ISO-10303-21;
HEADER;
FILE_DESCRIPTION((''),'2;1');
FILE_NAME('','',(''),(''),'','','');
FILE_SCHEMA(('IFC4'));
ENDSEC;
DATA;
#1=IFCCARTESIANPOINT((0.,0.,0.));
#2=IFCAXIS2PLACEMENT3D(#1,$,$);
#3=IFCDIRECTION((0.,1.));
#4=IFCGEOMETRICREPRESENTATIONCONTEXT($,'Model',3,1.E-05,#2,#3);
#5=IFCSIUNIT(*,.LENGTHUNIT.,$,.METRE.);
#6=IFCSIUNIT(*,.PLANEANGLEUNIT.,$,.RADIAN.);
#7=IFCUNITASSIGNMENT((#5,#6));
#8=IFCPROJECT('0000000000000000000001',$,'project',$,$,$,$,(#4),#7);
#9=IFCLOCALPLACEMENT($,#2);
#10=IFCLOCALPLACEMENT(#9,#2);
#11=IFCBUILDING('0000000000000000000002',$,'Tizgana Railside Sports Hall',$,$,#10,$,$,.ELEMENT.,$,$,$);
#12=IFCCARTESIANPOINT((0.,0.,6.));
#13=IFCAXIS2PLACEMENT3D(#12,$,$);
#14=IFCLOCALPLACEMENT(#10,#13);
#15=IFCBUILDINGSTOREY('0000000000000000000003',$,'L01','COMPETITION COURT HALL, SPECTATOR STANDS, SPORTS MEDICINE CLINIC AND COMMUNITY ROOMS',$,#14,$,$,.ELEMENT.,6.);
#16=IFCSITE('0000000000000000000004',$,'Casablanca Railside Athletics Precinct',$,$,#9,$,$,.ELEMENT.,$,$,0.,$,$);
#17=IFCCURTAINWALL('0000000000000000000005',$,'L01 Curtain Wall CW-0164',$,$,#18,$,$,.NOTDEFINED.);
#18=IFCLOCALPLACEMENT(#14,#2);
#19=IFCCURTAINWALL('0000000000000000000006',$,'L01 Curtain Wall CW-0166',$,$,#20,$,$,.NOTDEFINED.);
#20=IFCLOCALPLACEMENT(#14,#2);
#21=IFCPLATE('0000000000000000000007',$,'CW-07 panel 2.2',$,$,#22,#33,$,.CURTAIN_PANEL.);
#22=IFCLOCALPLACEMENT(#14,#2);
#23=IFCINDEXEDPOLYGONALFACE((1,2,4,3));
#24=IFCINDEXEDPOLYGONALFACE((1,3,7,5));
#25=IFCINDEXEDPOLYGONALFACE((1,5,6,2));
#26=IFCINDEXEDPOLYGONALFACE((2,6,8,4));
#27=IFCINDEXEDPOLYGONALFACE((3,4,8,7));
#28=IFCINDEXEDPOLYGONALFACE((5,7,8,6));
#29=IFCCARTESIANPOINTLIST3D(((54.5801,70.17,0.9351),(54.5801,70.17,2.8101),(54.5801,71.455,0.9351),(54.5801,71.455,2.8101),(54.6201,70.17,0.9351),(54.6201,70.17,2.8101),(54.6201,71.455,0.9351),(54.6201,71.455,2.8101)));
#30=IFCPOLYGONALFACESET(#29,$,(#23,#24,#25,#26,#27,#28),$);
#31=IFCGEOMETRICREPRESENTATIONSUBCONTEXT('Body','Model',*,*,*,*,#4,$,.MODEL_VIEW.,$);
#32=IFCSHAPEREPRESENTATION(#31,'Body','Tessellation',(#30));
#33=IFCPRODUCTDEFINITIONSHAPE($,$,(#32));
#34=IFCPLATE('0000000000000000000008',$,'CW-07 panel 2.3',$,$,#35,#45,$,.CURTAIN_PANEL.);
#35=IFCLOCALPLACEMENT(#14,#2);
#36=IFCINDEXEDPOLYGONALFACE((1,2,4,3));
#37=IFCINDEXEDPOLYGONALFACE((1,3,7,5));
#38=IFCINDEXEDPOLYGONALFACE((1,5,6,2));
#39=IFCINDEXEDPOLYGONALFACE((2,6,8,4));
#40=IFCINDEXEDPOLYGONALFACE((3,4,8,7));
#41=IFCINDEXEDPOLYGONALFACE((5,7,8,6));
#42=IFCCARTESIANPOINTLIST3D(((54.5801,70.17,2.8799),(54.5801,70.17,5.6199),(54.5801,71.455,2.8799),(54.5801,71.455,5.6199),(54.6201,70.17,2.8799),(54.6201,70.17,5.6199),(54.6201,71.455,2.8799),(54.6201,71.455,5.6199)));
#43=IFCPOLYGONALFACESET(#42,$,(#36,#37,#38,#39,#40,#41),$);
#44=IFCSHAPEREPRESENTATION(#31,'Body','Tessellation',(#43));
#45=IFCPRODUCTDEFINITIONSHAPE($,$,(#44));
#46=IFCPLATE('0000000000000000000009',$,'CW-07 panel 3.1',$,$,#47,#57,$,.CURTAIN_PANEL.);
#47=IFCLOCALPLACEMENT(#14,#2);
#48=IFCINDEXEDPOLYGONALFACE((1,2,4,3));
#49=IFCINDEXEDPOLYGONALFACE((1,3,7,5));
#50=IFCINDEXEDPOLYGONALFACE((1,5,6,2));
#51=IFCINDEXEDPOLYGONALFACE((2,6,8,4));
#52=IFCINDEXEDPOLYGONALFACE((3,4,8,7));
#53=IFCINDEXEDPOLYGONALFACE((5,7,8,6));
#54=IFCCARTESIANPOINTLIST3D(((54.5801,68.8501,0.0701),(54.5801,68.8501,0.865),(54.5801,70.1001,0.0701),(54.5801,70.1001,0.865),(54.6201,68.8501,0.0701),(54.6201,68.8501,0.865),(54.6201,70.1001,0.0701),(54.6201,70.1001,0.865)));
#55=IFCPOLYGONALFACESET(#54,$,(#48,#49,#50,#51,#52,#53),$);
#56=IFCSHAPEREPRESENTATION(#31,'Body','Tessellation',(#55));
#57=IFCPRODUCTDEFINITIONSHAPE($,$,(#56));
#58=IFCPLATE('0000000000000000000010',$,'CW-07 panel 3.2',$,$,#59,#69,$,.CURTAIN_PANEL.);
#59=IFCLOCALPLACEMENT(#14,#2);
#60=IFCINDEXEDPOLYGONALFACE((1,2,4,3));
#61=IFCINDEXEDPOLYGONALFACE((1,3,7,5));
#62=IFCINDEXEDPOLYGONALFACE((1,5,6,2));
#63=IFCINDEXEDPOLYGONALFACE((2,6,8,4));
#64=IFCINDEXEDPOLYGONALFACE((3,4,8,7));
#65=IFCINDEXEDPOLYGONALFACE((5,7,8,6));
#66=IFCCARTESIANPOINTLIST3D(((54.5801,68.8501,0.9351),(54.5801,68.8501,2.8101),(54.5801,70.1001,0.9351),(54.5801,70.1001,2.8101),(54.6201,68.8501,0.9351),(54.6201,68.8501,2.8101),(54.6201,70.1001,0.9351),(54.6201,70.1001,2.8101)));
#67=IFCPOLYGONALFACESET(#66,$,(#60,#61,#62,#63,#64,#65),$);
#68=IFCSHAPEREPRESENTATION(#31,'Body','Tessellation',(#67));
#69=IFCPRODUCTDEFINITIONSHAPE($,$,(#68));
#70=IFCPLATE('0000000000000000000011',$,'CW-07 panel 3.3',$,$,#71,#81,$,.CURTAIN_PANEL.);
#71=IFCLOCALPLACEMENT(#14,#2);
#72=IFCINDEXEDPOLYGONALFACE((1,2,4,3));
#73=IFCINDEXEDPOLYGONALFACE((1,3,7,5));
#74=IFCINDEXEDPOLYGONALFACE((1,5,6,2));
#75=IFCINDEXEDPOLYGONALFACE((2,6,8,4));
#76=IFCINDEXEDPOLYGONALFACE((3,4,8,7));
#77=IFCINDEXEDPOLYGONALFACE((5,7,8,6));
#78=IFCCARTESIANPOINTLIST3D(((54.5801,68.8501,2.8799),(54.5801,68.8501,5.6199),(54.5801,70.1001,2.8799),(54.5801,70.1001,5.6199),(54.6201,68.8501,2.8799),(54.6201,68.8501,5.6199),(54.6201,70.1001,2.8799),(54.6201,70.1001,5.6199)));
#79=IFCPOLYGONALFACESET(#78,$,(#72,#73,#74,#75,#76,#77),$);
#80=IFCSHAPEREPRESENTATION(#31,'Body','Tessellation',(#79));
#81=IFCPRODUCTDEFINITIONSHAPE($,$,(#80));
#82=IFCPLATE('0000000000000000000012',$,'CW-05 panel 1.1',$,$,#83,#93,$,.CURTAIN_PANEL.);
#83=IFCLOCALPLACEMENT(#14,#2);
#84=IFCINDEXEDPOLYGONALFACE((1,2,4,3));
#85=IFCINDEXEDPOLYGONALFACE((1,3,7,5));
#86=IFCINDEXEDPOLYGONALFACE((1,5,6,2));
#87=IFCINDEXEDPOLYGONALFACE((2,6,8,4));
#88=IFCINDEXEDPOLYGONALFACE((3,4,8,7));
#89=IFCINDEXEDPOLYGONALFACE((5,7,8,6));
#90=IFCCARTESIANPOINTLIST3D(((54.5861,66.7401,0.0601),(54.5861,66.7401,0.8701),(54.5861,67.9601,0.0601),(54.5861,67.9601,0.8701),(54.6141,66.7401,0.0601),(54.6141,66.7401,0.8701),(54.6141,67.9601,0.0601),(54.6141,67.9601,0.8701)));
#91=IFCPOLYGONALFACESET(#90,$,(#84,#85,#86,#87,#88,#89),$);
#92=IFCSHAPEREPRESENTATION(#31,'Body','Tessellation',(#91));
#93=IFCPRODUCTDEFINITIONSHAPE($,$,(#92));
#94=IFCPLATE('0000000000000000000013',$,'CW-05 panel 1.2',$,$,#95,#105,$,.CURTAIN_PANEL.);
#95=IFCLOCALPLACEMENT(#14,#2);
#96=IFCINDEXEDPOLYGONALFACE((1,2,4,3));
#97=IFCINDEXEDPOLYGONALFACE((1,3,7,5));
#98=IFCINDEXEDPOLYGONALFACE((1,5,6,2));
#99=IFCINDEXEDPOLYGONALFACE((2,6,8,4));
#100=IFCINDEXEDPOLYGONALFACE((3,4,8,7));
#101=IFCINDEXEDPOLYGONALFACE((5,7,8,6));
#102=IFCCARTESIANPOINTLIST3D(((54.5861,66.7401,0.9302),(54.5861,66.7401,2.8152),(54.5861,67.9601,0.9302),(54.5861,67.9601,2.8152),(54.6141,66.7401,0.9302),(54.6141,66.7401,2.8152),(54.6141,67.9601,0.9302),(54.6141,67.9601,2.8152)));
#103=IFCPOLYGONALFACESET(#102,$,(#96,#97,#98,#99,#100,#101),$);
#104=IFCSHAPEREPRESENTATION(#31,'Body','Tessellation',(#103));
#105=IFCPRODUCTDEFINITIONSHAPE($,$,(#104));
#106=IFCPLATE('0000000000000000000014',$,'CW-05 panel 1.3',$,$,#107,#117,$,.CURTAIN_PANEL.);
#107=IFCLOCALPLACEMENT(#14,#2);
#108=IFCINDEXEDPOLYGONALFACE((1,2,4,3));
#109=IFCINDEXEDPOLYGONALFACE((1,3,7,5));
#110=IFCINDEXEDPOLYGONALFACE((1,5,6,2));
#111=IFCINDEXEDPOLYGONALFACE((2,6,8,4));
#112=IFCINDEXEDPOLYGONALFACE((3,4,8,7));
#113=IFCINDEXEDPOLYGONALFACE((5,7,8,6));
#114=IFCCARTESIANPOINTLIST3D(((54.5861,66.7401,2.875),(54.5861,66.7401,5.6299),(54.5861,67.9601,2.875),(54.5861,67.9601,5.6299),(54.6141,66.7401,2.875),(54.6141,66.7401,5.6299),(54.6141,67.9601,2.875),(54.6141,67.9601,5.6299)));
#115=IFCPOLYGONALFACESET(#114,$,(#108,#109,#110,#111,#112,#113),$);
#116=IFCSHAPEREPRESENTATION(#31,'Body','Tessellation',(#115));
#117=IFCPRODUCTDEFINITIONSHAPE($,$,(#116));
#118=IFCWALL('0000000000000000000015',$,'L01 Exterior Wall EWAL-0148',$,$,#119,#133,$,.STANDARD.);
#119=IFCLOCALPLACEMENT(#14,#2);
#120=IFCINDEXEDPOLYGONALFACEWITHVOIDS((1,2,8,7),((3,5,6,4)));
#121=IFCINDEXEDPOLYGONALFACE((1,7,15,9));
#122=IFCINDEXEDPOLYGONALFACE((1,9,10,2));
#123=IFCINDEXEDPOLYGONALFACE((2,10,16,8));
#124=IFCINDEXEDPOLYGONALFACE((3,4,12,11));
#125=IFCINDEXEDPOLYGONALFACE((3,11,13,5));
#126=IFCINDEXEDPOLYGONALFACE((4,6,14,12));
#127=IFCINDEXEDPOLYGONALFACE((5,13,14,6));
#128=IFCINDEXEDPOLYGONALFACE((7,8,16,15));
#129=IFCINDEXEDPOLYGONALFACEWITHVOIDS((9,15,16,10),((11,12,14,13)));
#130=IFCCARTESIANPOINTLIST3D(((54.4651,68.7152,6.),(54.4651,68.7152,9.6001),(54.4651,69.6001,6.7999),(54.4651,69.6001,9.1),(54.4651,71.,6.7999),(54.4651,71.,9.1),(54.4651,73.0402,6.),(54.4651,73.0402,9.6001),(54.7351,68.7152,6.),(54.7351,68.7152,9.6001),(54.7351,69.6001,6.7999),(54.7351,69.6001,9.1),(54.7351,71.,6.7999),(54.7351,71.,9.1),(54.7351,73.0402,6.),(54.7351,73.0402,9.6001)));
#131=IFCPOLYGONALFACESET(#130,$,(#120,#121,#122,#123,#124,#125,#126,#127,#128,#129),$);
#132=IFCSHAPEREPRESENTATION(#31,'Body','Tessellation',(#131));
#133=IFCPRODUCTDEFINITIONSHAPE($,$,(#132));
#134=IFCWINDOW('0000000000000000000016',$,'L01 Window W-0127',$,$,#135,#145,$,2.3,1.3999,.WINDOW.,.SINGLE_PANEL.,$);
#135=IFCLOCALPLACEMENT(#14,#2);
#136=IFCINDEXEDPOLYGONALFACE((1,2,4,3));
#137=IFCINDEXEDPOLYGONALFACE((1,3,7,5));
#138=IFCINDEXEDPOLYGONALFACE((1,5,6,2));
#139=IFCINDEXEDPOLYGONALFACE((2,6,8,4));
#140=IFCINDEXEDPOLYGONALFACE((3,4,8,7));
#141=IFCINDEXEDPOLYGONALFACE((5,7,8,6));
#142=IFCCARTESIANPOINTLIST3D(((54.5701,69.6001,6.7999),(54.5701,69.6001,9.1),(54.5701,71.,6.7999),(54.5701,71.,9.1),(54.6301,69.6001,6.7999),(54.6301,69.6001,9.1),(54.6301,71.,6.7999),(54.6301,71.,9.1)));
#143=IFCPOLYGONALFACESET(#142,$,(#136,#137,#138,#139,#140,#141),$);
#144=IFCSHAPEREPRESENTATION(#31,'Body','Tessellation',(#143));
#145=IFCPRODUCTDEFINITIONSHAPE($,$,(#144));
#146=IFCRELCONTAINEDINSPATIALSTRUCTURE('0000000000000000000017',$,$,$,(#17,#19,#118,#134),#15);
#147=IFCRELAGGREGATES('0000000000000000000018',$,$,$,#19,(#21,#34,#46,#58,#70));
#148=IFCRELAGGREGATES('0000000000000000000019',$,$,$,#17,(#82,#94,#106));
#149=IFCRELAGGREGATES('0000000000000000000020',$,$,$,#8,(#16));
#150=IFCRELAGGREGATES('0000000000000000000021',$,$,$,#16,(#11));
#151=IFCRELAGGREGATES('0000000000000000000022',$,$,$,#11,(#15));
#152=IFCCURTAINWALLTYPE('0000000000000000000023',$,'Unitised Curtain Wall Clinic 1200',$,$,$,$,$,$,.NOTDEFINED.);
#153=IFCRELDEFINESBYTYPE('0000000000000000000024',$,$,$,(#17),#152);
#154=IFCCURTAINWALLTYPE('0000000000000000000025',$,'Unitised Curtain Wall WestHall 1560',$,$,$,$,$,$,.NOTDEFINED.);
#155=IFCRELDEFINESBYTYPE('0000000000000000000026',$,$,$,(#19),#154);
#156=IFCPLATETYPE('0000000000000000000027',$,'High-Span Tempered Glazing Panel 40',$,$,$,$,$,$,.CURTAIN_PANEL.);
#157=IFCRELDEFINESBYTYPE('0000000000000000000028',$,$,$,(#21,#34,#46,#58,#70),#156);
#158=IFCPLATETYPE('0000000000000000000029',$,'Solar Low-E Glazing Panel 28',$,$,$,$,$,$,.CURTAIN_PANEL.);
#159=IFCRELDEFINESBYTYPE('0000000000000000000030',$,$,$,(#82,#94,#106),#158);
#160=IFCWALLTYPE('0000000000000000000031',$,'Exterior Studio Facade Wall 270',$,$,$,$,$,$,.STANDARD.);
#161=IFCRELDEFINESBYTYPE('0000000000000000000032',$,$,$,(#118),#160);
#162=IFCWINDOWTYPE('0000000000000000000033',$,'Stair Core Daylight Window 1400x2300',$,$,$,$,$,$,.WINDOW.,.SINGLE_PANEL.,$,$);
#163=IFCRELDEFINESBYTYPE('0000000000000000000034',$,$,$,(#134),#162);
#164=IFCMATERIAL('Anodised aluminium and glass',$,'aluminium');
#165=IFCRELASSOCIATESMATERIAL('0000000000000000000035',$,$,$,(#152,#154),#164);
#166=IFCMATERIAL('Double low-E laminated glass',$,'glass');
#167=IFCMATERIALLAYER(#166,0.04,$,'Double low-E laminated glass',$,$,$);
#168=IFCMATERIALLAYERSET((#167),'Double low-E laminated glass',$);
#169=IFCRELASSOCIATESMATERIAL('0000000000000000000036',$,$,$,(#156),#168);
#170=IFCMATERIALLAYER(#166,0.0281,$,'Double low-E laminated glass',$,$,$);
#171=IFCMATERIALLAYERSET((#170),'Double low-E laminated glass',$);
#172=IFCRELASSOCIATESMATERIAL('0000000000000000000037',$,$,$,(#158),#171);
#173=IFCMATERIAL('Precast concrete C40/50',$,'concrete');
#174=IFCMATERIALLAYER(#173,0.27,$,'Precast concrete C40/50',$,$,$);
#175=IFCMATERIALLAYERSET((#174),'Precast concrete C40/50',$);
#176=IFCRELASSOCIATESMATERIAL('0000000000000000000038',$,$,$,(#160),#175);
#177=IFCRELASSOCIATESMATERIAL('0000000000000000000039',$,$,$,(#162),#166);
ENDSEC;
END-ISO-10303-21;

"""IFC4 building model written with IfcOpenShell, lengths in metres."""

from ifc_helpers import new_model, si_unit, direction, frame, frame_2d, origin, origin_2d, place, context, subcontext, project, spatial, rectangle, extrude, material, layer, layer_set, type_object, element, fill, aggregate, save


model = new_model("IFC4")

# Units and contexts
model_context = context("Model", 3, precision=1e-05, world=origin(), true_north=direction((0.0, 1.0)))
body_context = subcontext(model_context, "Body", "Model", "MODEL_VIEW")
ifc_project = project(units=[si_unit("LENGTHUNIT", "METRE"), si_unit("PLANEANGLEUNIT", "RADIAN")], contexts=[model_context])

# Site, building, storey
site_placement = place(None, origin())
site = spatial("IfcSite", under=ifc_project, at=site_placement, Name="Casablanca Railside Athletics Precinct", CompositionType="ELEMENT", RefElevation=0.0)
building_placement = place(site_placement, origin())
building = spatial("IfcBuilding", under=site, at=building_placement, Name="Tizgana Railside Sports Hall", CompositionType="ELEMENT")
storey_placement = place(building_placement, frame((0.0, 0.0, 6.0)))
storey = spatial("IfcBuildingStorey", under=building, at=storey_placement, Name="L01", Description="COMPETITION COURT HALL, SPECTATOR STANDS, SPORTS MEDICINE CLINIC AND COMMUNITY ROOMS", CompositionType="ELEMENT", Elevation=6.0)

# Curtain wall
ifc_material_1 = material(Name="Anodised aluminium and glass", Category="aluminium")
curtain_wall_type_1 = type_object("IfcCurtainWallType", Name="Unitised Curtain Wall Clinic 1200", PredefinedType="NOTDEFINED", material=ifc_material_1)
curtain_wall_1_placement = place(storey_placement, origin())
curtain_wall_1 = element("IfcCurtainWall", 1, at=curtain_wall_1_placement, inside=storey, type_object=curtain_wall_type_1, Name="L01 Curtain Wall CW-0164", PredefinedType="NOTDEFINED")

# Curtain wall
curtain_wall_type_2 = type_object("IfcCurtainWallType", Name="Unitised Curtain Wall WestHall 1560", PredefinedType="NOTDEFINED", material=ifc_material_1)
curtain_wall_2_placement = place(storey_placement, origin())
curtain_wall_2 = element("IfcCurtainWall", 2, at=curtain_wall_2_placement, inside=storey, type_object=curtain_wall_type_2, Name="L01 Curtain Wall CW-0166", PredefinedType="NOTDEFINED")

# Plates
ifc_material_2 = material(Name="Double low-E laminated glass", Category="glass")
ifc_layer_1 = layer(ifc_material_2, 0.04, Name="Double low-E laminated glass")
ifc_layer_set_1 = layer_set([ifc_layer_1], Name="Double low-E laminated glass")
plate_type_1 = type_object("IfcPlateType", Name="High-Span Tempered Glazing Panel 40", PredefinedType="CURTAIN_PANEL", material=ifc_layer_set_1)
plate_1_placement = place(storey_placement, frame((54.6001, 70.8125, 0.9351), z_axis=(0.0, 0.0, 1.0), x_axis=(0.0, -1.0, 0.0)))
plate_1 = element("IfcPlate", 3, at=plate_1_placement, type_object=plate_type_1, Name="CW-07 panel 2.2", PredefinedType="CURTAIN_PANEL", context=body_context, shape_type="SweptSolid", body=[
    extrude(rectangle(XDim=1.2849, YDim=0.04, at=origin_2d()), origin(), (0.0, 0.0, 1.0), 1.875),
])
plate_2_placement = place(storey_placement, frame((54.6001, 70.8125, 2.8799), z_axis=(0.0, 0.0, 1.0), x_axis=(0.0, -1.0, 0.0)))
plate_2 = element("IfcPlate", 4, at=plate_2_placement, type_object=plate_type_1, Name="CW-07 panel 2.3", PredefinedType="CURTAIN_PANEL", context=body_context, shape_type="SweptSolid", body=[
    extrude(rectangle(XDim=1.2849, YDim=0.04, at=origin_2d()), origin(), (0.0, 0.0, 1.0), 2.74),
])
plate_3_placement = place(storey_placement, frame((54.6001, 69.4751, 0.0701), z_axis=(0.0, 0.0, 1.0), x_axis=(0.0, -1.0, 0.0)))
plate_3 = element("IfcPlate", 5, at=plate_3_placement, type_object=plate_type_1, Name="CW-07 panel 3.1", PredefinedType="CURTAIN_PANEL", context=body_context, shape_type="SweptSolid", body=[
    extrude(rectangle(XDim=1.25, YDim=0.04, at=origin_2d()), origin(), (0.0, 0.0, 1.0), 0.7949),
])
plate_4_placement = place(storey_placement, frame((54.6001, 69.4751, 0.9351), z_axis=(0.0, 0.0, 1.0), x_axis=(0.0, -1.0, 0.0)))
plate_4 = element("IfcPlate", 6, at=plate_4_placement, type_object=plate_type_1, Name="CW-07 panel 3.2", PredefinedType="CURTAIN_PANEL", context=body_context, shape_type="SweptSolid", body=[
    extrude(rectangle(XDim=1.25, YDim=0.04, at=origin_2d()), origin(), (0.0, 0.0, 1.0), 1.875),
])
plate_5_placement = place(storey_placement, frame((54.6001, 69.4751, 2.8799), z_axis=(0.0, 0.0, 1.0), x_axis=(0.0, -1.0, 0.0)))
plate_5 = element("IfcPlate", 7, at=plate_5_placement, type_object=plate_type_1, Name="CW-07 panel 3.3", PredefinedType="CURTAIN_PANEL", context=body_context, shape_type="SweptSolid", body=[
    extrude(rectangle(XDim=1.25, YDim=0.04, at=origin_2d()), origin(), (0.0, 0.0, 1.0), 2.74),
])
aggregate(curtain_wall_2, [plate_1, plate_2, plate_3, plate_4, plate_5])
ifc_layer_2 = layer(ifc_material_2, 0.0281, Name="Double low-E laminated glass")
ifc_layer_set_2 = layer_set([ifc_layer_2], Name="Double low-E laminated glass")
plate_type_2 = type_object("IfcPlateType", Name="Solar Low-E Glazing Panel 28", PredefinedType="CURTAIN_PANEL", material=ifc_layer_set_2)
plate_6_placement = place(storey_placement, frame((54.6001, 67.3501, 0.0601), z_axis=(0.0, 0.0, 1.0), x_axis=(0.0, -1.0, 0.0)))
plate_6 = element("IfcPlate", 8, at=plate_6_placement, type_object=plate_type_2, Name="CW-05 panel 1.1", PredefinedType="CURTAIN_PANEL", context=body_context, shape_type="SweptSolid", body=[
    extrude(rectangle(XDim=1.22, YDim=0.0281, at=origin_2d()), origin(), (0.0, 0.0, 1.0), 0.8101),
])
plate_7_placement = place(storey_placement, frame((54.6001, 67.3501, 0.9302), z_axis=(0.0, 0.0, 1.0), x_axis=(0.0, -1.0, 0.0)))
plate_7 = element("IfcPlate", 9, at=plate_7_placement, type_object=plate_type_2, Name="CW-05 panel 1.2", PredefinedType="CURTAIN_PANEL", context=body_context, shape_type="SweptSolid", body=[
    extrude(rectangle(XDim=1.22, YDim=0.0281, at=origin_2d()), origin(), (0.0, 0.0, 1.0), 1.885),
])
plate_8_placement = place(storey_placement, frame((54.6001, 67.3501, 2.875), z_axis=(0.0, 0.0, 1.0), x_axis=(0.0, -1.0, 0.0)))
plate_8 = element("IfcPlate", 10, at=plate_8_placement, type_object=plate_type_2, Name="CW-05 panel 1.3", PredefinedType="CURTAIN_PANEL", context=body_context, shape_type="SweptSolid", body=[
    extrude(rectangle(XDim=1.22, YDim=0.0281, at=origin_2d()), origin(), (0.0, 0.0, 1.0), 2.7549),
])
aggregate(curtain_wall_1, [plate_6, plate_7, plate_8])

# Wall, opening, window
ifc_material_3 = material(Name="Precast concrete C40/50", Category="concrete")
ifc_layer_3 = layer(ifc_material_3, 0.27, Name="Precast concrete C40/50")
ifc_layer_set_3 = layer_set([ifc_layer_3], Name="Precast concrete C40/50")
wall_type = type_object("IfcWallType", Name="Exterior Studio Facade Wall 270", PredefinedType="STANDARD", material=ifc_layer_set_3)
wall_placement = place(storey_placement, frame((54.6001, 68.7151, 6.0), z_axis=(0.0, 0.0, 1.0), x_axis=(0.0, 1.0, 0.0)))
wall = element("IfcWall", 11, at=wall_placement, inside=storey, type_object=wall_type, Name="L01 Exterior Wall EWAL-0148", PredefinedType="STANDARD", context=body_context, shape_type="SweptSolid", body=[
    extrude(rectangle(XDim=4.325, YDim=0.27, at=frame_2d((2.1626, 0.0))), origin(), (0.0, 0.0, 1.0), 3.6001),
])
opening_placement = place(wall_placement, frame((0.885, 0.0, 0.8)))
opening = element("IfcOpeningElement", 12, at=opening_placement, cuts=wall, PredefinedType="OPENING", context=body_context, shape_type="SweptSolid", body=[
    extrude(rectangle(XDim=1.3999, YDim=2.3, at=frame_2d((0.7, 1.1499))), frame((0.0, 0.145, 0.0), z_axis=(0.0, -1.0, 0.0), x_axis=(1.0, 0.0, 0.0)), (0.0, 0.0, 1.0), 0.29),
])
window_type = type_object("IfcWindowType", Name="Stair Core Daylight Window 1400x2300", PartitioningType="SINGLE_PANEL", PredefinedType="WINDOW", material=ifc_material_2)
window_placement = place(opening_placement, origin())
window = element("IfcWindow", 13, at=window_placement, inside=storey, type_object=window_type, Name="L01 Window W-0127", OverallHeight=2.3, OverallWidth=1.3999, PartitioningType="SINGLE_PANEL", PredefinedType="WINDOW", context=body_context, shape_type="SweptSolid", body=[
    extrude(rectangle(XDim=1.3999, YDim=2.3, at=frame_2d((0.7, 1.1499))), frame((0.0, 0.03, 0.0), z_axis=(0.0, -1.0, 0.0), x_axis=(1.0, 0.0, 0.0)), (0.0, 0.0, 1.0), 0.0601),
])
fill(opening, window)

save(model, "model.ifc")
